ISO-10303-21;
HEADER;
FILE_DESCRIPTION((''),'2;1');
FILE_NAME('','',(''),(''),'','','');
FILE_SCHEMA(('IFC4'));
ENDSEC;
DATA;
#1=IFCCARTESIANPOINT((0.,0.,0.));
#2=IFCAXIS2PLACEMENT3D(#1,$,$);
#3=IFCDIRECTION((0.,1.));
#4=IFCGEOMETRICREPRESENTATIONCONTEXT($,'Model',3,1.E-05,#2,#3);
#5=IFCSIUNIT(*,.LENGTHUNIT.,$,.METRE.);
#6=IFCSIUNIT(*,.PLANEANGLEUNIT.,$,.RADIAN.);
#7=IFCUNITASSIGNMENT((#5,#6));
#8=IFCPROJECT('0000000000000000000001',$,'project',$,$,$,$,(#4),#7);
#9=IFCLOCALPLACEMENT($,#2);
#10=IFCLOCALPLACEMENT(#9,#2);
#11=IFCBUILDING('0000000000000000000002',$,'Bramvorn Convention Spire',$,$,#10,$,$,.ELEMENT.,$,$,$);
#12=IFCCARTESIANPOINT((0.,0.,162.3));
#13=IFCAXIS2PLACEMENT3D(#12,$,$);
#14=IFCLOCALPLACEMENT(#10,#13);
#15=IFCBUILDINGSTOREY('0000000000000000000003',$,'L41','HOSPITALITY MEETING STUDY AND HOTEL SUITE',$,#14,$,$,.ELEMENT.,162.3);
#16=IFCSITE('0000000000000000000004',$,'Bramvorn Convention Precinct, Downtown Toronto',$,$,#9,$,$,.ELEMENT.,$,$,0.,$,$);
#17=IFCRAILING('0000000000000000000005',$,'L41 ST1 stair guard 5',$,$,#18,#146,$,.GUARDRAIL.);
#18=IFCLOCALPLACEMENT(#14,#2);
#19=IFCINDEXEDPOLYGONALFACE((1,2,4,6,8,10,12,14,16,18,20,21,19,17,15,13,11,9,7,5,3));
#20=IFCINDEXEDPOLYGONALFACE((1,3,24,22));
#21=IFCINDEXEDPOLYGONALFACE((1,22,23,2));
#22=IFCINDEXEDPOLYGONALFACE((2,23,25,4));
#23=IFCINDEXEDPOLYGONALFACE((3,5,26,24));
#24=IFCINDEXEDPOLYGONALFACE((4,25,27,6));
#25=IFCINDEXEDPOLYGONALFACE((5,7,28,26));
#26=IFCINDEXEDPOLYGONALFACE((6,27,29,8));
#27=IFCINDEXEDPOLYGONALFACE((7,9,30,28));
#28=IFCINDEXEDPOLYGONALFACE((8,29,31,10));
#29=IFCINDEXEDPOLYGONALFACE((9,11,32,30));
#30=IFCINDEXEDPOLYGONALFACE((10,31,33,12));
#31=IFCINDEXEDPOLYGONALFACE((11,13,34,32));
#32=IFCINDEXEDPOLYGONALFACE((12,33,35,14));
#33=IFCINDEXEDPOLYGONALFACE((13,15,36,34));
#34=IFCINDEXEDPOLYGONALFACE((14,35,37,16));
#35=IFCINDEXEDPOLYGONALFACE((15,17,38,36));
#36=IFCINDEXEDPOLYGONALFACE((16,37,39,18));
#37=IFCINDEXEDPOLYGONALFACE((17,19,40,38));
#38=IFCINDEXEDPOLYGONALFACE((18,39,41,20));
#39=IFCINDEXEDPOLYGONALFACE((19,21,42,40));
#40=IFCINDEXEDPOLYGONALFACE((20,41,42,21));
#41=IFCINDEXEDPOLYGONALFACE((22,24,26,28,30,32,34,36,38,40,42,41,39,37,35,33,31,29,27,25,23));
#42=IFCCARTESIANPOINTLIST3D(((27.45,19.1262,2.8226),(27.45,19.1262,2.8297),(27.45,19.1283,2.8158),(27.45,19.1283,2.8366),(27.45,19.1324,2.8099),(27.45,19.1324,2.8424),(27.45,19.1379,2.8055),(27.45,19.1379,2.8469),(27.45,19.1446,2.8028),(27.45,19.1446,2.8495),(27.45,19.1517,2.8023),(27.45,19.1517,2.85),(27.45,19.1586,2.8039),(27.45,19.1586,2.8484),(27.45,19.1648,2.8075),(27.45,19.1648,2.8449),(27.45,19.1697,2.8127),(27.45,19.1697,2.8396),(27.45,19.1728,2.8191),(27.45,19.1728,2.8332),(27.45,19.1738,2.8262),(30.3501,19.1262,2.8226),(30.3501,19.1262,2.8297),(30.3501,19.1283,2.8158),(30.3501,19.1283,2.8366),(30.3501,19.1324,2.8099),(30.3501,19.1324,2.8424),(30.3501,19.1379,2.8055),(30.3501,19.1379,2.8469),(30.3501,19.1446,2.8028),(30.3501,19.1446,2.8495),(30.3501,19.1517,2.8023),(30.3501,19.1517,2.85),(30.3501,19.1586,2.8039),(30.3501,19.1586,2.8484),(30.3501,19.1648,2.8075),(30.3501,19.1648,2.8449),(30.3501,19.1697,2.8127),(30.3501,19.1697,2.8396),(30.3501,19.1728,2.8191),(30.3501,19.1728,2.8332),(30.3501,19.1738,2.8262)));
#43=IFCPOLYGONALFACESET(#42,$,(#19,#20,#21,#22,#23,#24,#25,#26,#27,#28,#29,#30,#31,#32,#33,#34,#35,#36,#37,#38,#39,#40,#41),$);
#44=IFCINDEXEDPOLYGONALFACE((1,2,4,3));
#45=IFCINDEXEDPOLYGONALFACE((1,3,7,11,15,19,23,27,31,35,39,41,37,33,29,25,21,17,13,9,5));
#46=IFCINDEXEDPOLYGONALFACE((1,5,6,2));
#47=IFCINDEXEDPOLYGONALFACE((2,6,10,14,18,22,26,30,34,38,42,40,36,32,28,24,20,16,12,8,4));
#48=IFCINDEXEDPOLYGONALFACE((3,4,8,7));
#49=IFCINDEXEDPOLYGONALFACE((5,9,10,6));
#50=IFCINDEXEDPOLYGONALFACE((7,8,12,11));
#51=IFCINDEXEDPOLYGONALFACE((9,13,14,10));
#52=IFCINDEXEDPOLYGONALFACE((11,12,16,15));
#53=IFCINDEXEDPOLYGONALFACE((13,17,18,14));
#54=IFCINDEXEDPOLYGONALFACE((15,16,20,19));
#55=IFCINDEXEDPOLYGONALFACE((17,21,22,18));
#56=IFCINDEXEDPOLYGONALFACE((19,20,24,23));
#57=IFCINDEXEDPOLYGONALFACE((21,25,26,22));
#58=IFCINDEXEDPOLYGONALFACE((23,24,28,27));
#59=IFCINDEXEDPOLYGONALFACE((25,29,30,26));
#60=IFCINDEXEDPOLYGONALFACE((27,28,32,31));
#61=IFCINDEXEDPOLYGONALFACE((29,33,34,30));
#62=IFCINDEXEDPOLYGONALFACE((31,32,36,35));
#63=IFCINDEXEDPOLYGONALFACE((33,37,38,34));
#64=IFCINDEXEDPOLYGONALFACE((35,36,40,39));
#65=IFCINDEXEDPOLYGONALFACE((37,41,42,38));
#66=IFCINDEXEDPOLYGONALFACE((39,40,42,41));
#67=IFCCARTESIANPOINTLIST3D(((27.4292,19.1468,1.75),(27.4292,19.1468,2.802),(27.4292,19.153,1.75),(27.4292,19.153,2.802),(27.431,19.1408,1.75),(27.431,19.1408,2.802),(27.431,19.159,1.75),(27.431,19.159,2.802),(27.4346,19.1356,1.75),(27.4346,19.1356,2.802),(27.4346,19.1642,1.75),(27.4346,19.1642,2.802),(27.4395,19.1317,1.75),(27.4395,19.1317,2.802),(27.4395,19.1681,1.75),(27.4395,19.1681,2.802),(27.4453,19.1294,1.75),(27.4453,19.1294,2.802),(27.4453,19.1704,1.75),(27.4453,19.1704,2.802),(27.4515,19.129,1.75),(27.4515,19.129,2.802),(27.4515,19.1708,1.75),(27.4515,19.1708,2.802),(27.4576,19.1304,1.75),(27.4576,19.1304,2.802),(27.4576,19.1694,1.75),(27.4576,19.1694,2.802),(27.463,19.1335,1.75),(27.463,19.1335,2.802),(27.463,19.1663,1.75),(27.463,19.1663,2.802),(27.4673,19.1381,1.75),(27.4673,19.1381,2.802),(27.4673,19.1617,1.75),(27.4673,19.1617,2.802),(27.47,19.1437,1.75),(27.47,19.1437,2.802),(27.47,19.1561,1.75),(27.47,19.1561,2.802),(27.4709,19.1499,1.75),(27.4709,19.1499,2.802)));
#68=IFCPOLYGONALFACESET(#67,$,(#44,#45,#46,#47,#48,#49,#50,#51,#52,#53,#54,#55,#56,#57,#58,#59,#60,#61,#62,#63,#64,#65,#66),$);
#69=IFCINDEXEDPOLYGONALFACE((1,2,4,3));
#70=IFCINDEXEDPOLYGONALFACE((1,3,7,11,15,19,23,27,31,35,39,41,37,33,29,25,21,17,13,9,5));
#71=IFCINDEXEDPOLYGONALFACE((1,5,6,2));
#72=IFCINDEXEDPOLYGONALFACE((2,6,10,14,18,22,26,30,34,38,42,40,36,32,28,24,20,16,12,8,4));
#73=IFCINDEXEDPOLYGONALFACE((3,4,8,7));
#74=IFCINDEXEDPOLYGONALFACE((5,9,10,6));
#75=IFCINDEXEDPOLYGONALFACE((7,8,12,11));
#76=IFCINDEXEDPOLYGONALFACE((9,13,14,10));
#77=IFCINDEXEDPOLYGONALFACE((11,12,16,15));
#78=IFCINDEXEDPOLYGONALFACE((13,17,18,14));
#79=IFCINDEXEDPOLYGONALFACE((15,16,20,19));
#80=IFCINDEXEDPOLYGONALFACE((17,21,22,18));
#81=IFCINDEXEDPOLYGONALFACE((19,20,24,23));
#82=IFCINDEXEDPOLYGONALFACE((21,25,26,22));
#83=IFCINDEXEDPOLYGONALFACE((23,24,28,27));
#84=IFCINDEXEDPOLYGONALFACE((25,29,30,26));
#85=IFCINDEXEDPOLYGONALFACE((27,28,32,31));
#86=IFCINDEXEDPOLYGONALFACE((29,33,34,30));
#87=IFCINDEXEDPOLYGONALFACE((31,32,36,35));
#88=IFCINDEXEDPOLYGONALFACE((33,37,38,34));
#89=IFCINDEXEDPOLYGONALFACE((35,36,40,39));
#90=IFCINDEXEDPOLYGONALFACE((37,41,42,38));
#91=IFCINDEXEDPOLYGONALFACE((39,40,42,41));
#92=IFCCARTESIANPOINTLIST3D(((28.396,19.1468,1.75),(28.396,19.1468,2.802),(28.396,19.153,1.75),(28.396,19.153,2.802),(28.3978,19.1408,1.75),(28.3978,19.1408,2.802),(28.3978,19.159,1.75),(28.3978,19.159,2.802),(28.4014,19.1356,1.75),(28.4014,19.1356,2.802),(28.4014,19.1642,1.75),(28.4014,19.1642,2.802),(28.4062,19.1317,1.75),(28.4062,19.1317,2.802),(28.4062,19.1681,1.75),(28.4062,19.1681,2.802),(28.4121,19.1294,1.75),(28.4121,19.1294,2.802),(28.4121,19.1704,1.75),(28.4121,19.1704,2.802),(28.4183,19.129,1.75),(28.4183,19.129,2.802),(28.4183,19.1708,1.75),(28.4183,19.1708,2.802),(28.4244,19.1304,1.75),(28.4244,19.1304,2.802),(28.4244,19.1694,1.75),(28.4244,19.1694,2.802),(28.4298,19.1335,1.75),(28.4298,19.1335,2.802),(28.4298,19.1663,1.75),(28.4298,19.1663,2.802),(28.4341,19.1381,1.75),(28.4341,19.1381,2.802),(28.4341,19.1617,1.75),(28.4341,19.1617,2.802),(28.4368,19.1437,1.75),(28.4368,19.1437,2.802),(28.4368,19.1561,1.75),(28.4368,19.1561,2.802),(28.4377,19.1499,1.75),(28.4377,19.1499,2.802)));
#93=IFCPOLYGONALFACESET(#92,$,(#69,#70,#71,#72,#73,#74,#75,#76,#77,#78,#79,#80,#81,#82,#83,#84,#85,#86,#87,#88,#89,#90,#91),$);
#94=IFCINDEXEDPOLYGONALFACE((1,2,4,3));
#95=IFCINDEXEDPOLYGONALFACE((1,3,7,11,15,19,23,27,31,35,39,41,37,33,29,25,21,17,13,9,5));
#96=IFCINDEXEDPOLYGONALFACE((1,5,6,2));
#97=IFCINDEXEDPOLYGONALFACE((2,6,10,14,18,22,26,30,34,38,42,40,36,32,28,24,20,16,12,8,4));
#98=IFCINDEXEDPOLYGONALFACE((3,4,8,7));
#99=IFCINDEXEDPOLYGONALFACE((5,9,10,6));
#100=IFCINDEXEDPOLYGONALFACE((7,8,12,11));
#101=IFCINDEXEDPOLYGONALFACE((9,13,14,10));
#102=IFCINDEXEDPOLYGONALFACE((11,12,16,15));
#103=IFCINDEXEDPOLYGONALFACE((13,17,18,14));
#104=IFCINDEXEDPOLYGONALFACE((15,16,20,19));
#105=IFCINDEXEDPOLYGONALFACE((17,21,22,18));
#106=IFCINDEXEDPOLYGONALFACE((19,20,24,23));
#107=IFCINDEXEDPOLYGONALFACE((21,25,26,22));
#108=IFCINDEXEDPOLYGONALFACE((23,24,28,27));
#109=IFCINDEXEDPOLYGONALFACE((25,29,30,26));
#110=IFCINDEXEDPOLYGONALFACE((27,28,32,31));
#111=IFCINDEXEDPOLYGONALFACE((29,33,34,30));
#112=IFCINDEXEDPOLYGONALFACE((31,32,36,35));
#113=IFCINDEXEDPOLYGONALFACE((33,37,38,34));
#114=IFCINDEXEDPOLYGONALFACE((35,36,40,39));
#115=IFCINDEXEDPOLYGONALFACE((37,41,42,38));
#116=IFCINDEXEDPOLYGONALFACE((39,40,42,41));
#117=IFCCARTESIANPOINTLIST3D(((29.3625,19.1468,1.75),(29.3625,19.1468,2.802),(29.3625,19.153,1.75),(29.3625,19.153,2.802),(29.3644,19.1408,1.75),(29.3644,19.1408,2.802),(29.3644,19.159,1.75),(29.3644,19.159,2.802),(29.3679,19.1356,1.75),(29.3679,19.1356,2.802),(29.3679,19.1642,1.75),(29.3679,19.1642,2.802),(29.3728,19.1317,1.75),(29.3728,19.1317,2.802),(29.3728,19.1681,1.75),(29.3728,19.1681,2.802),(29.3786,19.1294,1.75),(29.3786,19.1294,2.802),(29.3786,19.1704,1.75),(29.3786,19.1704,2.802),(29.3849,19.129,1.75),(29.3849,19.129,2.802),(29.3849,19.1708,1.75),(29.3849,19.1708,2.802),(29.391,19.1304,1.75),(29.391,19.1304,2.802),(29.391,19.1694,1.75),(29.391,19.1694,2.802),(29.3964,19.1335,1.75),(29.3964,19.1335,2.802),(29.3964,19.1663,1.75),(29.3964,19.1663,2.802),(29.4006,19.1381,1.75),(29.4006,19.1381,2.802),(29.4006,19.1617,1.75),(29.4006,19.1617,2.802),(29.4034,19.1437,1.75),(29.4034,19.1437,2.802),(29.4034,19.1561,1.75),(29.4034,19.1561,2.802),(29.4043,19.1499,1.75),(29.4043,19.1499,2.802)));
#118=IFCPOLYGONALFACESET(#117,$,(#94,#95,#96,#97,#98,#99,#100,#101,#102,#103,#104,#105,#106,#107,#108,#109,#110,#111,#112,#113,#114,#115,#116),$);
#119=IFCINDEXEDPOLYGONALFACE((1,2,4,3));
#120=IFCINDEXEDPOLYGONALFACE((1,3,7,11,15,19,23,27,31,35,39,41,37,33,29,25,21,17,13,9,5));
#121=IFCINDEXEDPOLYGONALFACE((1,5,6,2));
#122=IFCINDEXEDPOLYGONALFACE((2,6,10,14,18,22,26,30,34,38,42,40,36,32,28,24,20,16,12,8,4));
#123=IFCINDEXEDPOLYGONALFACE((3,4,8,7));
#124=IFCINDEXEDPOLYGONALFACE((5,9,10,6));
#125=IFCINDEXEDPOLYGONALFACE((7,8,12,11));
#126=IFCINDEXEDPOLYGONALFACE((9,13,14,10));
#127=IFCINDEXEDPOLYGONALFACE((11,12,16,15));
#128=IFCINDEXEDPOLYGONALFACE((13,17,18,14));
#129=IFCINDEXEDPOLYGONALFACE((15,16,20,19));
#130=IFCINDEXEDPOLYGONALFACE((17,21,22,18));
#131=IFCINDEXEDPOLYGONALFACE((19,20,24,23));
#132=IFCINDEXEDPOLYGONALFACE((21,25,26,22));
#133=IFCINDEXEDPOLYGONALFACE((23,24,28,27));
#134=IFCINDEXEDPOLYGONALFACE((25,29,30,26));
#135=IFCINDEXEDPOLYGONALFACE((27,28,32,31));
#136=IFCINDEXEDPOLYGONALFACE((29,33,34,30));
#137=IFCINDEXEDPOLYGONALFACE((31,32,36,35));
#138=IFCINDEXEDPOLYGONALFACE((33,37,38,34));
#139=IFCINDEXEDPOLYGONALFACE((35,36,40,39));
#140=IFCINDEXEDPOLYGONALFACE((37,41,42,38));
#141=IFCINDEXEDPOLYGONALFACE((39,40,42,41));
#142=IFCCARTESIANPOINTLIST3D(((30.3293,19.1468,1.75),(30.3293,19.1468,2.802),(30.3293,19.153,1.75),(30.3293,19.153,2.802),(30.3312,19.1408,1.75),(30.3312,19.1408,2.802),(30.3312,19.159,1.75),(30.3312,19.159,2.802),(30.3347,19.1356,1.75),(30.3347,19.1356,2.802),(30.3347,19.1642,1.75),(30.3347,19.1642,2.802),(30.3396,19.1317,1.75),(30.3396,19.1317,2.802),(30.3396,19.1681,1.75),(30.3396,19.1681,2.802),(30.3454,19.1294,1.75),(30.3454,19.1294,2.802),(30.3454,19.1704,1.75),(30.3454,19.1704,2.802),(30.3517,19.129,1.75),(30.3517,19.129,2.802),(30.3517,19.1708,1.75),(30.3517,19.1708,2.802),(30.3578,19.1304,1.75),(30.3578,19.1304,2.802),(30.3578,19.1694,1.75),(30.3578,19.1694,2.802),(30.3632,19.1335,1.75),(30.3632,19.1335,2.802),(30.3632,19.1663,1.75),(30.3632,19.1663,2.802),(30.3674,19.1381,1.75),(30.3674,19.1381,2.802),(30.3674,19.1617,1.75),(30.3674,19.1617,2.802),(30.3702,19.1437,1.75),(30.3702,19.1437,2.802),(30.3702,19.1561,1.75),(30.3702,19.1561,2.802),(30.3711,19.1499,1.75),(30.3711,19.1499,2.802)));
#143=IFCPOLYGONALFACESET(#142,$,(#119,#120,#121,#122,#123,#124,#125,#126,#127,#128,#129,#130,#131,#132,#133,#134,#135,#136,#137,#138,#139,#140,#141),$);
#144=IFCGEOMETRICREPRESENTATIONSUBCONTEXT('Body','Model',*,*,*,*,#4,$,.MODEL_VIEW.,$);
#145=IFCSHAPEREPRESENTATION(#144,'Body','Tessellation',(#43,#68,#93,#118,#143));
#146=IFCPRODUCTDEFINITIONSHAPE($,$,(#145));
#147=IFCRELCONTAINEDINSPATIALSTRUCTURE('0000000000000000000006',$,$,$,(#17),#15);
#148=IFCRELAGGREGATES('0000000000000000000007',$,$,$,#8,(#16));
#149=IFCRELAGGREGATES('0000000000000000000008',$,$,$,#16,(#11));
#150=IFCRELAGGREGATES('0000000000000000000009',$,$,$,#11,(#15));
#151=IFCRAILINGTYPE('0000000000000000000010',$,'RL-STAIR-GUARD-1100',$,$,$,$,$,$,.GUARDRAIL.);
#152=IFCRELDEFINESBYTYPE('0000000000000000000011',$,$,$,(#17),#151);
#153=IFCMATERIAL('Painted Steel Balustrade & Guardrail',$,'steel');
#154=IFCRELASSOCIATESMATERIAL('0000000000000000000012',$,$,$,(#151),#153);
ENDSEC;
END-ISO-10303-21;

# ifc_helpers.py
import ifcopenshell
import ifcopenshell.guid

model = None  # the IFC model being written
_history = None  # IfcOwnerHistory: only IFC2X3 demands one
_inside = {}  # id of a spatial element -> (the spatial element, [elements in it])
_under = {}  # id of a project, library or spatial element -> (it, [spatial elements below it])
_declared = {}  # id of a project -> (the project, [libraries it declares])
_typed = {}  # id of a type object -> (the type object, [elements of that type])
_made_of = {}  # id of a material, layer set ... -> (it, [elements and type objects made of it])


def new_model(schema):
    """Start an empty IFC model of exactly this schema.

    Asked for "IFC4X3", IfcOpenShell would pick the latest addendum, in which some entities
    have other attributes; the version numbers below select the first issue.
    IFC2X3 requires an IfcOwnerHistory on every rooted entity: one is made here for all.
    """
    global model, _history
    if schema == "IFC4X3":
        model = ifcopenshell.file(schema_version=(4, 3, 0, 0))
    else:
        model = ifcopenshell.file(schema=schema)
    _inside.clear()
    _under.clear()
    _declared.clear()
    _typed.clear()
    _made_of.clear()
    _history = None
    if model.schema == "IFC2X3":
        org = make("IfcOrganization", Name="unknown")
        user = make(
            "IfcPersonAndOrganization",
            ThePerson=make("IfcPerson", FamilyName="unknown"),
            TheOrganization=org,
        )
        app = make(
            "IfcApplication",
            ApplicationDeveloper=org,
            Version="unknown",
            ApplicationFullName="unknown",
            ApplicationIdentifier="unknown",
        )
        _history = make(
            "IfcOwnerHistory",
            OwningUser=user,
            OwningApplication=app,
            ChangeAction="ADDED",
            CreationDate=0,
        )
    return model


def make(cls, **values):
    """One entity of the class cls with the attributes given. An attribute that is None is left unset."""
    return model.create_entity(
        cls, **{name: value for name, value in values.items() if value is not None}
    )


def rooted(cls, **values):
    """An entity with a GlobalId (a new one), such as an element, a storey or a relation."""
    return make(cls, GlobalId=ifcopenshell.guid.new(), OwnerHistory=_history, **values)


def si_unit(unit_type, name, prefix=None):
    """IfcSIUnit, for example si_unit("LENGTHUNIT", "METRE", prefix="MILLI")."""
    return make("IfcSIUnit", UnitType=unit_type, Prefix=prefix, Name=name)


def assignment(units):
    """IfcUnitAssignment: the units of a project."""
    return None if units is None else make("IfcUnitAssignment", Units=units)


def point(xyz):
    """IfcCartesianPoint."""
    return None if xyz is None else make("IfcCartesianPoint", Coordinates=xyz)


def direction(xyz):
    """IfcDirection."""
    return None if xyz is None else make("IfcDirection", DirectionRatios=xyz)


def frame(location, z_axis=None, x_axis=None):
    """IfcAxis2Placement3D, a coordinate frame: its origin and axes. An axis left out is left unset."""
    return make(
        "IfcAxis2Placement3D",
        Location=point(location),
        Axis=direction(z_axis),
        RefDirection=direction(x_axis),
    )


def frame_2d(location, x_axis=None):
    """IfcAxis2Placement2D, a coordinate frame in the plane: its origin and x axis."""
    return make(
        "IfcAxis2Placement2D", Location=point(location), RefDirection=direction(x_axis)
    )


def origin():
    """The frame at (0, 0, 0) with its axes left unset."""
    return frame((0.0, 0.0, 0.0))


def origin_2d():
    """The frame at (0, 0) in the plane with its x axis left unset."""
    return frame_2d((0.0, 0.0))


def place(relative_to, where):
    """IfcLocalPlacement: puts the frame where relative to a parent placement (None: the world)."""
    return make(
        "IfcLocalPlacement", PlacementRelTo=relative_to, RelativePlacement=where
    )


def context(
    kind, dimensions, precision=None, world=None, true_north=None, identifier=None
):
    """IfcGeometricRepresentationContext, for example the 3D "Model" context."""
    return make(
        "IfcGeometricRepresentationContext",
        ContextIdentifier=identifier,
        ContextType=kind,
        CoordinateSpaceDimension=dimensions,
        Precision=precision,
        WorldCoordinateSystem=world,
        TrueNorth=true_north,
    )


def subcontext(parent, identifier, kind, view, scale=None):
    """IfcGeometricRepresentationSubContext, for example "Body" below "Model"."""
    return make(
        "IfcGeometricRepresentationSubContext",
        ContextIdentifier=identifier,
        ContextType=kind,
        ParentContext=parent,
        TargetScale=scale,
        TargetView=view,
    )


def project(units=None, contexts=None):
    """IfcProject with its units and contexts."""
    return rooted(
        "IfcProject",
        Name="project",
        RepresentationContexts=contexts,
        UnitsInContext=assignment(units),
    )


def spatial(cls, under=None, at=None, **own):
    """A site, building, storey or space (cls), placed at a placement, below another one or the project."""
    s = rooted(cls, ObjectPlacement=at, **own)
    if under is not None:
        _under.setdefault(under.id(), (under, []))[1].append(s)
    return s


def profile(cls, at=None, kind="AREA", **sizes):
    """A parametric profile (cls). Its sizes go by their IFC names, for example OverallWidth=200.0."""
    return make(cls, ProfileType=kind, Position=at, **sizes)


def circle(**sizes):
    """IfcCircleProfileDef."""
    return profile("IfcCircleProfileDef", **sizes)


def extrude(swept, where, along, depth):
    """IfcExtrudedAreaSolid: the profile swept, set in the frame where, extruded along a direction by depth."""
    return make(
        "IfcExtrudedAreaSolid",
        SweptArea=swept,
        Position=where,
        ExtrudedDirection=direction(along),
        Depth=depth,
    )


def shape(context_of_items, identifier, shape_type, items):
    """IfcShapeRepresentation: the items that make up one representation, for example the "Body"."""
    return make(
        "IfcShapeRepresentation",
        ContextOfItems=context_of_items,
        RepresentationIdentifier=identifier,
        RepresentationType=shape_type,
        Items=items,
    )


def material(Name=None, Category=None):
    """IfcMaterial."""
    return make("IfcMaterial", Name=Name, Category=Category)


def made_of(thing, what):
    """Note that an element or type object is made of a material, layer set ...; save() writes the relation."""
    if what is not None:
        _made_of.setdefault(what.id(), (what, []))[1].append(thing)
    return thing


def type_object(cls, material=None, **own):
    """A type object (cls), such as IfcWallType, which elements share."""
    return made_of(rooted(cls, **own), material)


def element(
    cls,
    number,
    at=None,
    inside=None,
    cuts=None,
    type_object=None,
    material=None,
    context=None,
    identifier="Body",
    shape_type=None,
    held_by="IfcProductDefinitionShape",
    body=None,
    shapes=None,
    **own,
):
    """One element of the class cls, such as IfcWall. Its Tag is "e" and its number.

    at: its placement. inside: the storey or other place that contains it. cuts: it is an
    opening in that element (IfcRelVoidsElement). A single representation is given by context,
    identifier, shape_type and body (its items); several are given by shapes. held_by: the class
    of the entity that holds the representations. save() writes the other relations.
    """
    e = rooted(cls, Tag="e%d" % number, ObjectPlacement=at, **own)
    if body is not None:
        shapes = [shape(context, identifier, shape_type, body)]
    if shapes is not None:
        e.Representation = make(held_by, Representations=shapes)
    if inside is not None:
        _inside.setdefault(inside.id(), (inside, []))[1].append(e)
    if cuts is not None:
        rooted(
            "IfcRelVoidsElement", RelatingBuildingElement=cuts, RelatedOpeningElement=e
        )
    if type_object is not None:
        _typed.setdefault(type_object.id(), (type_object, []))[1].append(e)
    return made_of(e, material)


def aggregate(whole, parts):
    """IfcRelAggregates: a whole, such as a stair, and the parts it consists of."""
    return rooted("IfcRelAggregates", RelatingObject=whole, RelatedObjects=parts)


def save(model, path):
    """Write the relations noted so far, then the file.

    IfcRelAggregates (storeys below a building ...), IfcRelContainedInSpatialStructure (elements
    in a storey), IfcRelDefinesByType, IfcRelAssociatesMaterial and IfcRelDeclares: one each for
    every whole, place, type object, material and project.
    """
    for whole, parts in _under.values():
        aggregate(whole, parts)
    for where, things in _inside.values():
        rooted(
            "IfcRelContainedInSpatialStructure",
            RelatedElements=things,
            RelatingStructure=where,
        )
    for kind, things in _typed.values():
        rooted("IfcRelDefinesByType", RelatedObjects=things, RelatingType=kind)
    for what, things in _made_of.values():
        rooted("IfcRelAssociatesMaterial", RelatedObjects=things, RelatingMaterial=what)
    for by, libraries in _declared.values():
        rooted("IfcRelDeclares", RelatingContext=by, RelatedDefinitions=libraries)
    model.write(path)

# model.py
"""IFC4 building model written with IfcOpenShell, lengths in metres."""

from ifc_helpers import new_model, si_unit, direction, frame, origin, origin_2d, place, context, subcontext, project, spatial, circle, extrude, material, type_object, element, save


model = new_model("IFC4")

# Units and contexts
model_context = context("Model", 3, precision=1e-05, world=origin(), true_north=direction((0.0, 1.0)))
body_context = subcontext(model_context, "Body", "Model", "MODEL_VIEW")
ifc_project = project(units=[si_unit("LENGTHUNIT", "METRE"), si_unit("PLANEANGLEUNIT", "RADIAN")], contexts=[model_context])

# Site, building, storey
site_placement = place(None, origin())
site = spatial("IfcSite", under=ifc_project, at=site_placement, Name="Bramvorn Convention Precinct, Downtown Toronto", CompositionType="ELEMENT", RefElevation=0.0)
building_placement = place(site_placement, origin())
building = spatial("IfcBuilding", under=site, at=building_placement, Name="Bramvorn Convention Spire", CompositionType="ELEMENT")
storey_placement = place(building_placement, frame((0.0, 0.0, 162.3)))
storey = spatial("IfcBuildingStorey", under=building, at=storey_placement, Name="L41", Description="HOSPITALITY MEETING STUDY AND HOTEL SUITE", CompositionType="ELEMENT", Elevation=162.3)

# Railing
ifc_material_1 = material(Name="Painted Steel Balustrade & Guardrail", Category="steel")
railing_type = type_object("IfcRailingType", Name="RL-STAIR-GUARD-1100", PredefinedType="GUARDRAIL", material=ifc_material_1)
railing_1_placement = place(storey_placement, frame((27.45, 19.1499, 1.75)))
element("IfcRailing", 1, at=railing_1_placement, inside=storey, type_object=railing_type, Name="L41 ST1 stair guard 5", PredefinedType="GUARDRAIL", context=body_context, shape_type="SweptSolid", body=[
    extrude(circle(Radius=0.0239, at=origin_2d()), frame((0.0, 0.0, 1.0762), z_axis=(1.0, 0.0, 0.0), x_axis=(0.0, 1.0, 0.0)), (0.0, 0.0, 1.0), 2.9001),
    extrude(circle(Radius=0.021, at=origin_2d()), origin(), (0.0, 0.0, 1.0), 1.052),
    extrude(circle(Radius=0.021, at=origin_2d()), frame((0.9668, 0.0, 0.0)), (0.0, 0.0, 1.0), 1.052),
    extrude(circle(Radius=0.021, at=origin_2d()), frame((1.9333, 0.0, 0.0)), (0.0, 0.0, 1.0), 1.052),
    extrude(circle(Radius=0.021, at=origin_2d()), frame((2.9001, 0.0, 0.0)), (0.0, 0.0, 1.0), 1.052),
])

save(model, "model.ifc")
